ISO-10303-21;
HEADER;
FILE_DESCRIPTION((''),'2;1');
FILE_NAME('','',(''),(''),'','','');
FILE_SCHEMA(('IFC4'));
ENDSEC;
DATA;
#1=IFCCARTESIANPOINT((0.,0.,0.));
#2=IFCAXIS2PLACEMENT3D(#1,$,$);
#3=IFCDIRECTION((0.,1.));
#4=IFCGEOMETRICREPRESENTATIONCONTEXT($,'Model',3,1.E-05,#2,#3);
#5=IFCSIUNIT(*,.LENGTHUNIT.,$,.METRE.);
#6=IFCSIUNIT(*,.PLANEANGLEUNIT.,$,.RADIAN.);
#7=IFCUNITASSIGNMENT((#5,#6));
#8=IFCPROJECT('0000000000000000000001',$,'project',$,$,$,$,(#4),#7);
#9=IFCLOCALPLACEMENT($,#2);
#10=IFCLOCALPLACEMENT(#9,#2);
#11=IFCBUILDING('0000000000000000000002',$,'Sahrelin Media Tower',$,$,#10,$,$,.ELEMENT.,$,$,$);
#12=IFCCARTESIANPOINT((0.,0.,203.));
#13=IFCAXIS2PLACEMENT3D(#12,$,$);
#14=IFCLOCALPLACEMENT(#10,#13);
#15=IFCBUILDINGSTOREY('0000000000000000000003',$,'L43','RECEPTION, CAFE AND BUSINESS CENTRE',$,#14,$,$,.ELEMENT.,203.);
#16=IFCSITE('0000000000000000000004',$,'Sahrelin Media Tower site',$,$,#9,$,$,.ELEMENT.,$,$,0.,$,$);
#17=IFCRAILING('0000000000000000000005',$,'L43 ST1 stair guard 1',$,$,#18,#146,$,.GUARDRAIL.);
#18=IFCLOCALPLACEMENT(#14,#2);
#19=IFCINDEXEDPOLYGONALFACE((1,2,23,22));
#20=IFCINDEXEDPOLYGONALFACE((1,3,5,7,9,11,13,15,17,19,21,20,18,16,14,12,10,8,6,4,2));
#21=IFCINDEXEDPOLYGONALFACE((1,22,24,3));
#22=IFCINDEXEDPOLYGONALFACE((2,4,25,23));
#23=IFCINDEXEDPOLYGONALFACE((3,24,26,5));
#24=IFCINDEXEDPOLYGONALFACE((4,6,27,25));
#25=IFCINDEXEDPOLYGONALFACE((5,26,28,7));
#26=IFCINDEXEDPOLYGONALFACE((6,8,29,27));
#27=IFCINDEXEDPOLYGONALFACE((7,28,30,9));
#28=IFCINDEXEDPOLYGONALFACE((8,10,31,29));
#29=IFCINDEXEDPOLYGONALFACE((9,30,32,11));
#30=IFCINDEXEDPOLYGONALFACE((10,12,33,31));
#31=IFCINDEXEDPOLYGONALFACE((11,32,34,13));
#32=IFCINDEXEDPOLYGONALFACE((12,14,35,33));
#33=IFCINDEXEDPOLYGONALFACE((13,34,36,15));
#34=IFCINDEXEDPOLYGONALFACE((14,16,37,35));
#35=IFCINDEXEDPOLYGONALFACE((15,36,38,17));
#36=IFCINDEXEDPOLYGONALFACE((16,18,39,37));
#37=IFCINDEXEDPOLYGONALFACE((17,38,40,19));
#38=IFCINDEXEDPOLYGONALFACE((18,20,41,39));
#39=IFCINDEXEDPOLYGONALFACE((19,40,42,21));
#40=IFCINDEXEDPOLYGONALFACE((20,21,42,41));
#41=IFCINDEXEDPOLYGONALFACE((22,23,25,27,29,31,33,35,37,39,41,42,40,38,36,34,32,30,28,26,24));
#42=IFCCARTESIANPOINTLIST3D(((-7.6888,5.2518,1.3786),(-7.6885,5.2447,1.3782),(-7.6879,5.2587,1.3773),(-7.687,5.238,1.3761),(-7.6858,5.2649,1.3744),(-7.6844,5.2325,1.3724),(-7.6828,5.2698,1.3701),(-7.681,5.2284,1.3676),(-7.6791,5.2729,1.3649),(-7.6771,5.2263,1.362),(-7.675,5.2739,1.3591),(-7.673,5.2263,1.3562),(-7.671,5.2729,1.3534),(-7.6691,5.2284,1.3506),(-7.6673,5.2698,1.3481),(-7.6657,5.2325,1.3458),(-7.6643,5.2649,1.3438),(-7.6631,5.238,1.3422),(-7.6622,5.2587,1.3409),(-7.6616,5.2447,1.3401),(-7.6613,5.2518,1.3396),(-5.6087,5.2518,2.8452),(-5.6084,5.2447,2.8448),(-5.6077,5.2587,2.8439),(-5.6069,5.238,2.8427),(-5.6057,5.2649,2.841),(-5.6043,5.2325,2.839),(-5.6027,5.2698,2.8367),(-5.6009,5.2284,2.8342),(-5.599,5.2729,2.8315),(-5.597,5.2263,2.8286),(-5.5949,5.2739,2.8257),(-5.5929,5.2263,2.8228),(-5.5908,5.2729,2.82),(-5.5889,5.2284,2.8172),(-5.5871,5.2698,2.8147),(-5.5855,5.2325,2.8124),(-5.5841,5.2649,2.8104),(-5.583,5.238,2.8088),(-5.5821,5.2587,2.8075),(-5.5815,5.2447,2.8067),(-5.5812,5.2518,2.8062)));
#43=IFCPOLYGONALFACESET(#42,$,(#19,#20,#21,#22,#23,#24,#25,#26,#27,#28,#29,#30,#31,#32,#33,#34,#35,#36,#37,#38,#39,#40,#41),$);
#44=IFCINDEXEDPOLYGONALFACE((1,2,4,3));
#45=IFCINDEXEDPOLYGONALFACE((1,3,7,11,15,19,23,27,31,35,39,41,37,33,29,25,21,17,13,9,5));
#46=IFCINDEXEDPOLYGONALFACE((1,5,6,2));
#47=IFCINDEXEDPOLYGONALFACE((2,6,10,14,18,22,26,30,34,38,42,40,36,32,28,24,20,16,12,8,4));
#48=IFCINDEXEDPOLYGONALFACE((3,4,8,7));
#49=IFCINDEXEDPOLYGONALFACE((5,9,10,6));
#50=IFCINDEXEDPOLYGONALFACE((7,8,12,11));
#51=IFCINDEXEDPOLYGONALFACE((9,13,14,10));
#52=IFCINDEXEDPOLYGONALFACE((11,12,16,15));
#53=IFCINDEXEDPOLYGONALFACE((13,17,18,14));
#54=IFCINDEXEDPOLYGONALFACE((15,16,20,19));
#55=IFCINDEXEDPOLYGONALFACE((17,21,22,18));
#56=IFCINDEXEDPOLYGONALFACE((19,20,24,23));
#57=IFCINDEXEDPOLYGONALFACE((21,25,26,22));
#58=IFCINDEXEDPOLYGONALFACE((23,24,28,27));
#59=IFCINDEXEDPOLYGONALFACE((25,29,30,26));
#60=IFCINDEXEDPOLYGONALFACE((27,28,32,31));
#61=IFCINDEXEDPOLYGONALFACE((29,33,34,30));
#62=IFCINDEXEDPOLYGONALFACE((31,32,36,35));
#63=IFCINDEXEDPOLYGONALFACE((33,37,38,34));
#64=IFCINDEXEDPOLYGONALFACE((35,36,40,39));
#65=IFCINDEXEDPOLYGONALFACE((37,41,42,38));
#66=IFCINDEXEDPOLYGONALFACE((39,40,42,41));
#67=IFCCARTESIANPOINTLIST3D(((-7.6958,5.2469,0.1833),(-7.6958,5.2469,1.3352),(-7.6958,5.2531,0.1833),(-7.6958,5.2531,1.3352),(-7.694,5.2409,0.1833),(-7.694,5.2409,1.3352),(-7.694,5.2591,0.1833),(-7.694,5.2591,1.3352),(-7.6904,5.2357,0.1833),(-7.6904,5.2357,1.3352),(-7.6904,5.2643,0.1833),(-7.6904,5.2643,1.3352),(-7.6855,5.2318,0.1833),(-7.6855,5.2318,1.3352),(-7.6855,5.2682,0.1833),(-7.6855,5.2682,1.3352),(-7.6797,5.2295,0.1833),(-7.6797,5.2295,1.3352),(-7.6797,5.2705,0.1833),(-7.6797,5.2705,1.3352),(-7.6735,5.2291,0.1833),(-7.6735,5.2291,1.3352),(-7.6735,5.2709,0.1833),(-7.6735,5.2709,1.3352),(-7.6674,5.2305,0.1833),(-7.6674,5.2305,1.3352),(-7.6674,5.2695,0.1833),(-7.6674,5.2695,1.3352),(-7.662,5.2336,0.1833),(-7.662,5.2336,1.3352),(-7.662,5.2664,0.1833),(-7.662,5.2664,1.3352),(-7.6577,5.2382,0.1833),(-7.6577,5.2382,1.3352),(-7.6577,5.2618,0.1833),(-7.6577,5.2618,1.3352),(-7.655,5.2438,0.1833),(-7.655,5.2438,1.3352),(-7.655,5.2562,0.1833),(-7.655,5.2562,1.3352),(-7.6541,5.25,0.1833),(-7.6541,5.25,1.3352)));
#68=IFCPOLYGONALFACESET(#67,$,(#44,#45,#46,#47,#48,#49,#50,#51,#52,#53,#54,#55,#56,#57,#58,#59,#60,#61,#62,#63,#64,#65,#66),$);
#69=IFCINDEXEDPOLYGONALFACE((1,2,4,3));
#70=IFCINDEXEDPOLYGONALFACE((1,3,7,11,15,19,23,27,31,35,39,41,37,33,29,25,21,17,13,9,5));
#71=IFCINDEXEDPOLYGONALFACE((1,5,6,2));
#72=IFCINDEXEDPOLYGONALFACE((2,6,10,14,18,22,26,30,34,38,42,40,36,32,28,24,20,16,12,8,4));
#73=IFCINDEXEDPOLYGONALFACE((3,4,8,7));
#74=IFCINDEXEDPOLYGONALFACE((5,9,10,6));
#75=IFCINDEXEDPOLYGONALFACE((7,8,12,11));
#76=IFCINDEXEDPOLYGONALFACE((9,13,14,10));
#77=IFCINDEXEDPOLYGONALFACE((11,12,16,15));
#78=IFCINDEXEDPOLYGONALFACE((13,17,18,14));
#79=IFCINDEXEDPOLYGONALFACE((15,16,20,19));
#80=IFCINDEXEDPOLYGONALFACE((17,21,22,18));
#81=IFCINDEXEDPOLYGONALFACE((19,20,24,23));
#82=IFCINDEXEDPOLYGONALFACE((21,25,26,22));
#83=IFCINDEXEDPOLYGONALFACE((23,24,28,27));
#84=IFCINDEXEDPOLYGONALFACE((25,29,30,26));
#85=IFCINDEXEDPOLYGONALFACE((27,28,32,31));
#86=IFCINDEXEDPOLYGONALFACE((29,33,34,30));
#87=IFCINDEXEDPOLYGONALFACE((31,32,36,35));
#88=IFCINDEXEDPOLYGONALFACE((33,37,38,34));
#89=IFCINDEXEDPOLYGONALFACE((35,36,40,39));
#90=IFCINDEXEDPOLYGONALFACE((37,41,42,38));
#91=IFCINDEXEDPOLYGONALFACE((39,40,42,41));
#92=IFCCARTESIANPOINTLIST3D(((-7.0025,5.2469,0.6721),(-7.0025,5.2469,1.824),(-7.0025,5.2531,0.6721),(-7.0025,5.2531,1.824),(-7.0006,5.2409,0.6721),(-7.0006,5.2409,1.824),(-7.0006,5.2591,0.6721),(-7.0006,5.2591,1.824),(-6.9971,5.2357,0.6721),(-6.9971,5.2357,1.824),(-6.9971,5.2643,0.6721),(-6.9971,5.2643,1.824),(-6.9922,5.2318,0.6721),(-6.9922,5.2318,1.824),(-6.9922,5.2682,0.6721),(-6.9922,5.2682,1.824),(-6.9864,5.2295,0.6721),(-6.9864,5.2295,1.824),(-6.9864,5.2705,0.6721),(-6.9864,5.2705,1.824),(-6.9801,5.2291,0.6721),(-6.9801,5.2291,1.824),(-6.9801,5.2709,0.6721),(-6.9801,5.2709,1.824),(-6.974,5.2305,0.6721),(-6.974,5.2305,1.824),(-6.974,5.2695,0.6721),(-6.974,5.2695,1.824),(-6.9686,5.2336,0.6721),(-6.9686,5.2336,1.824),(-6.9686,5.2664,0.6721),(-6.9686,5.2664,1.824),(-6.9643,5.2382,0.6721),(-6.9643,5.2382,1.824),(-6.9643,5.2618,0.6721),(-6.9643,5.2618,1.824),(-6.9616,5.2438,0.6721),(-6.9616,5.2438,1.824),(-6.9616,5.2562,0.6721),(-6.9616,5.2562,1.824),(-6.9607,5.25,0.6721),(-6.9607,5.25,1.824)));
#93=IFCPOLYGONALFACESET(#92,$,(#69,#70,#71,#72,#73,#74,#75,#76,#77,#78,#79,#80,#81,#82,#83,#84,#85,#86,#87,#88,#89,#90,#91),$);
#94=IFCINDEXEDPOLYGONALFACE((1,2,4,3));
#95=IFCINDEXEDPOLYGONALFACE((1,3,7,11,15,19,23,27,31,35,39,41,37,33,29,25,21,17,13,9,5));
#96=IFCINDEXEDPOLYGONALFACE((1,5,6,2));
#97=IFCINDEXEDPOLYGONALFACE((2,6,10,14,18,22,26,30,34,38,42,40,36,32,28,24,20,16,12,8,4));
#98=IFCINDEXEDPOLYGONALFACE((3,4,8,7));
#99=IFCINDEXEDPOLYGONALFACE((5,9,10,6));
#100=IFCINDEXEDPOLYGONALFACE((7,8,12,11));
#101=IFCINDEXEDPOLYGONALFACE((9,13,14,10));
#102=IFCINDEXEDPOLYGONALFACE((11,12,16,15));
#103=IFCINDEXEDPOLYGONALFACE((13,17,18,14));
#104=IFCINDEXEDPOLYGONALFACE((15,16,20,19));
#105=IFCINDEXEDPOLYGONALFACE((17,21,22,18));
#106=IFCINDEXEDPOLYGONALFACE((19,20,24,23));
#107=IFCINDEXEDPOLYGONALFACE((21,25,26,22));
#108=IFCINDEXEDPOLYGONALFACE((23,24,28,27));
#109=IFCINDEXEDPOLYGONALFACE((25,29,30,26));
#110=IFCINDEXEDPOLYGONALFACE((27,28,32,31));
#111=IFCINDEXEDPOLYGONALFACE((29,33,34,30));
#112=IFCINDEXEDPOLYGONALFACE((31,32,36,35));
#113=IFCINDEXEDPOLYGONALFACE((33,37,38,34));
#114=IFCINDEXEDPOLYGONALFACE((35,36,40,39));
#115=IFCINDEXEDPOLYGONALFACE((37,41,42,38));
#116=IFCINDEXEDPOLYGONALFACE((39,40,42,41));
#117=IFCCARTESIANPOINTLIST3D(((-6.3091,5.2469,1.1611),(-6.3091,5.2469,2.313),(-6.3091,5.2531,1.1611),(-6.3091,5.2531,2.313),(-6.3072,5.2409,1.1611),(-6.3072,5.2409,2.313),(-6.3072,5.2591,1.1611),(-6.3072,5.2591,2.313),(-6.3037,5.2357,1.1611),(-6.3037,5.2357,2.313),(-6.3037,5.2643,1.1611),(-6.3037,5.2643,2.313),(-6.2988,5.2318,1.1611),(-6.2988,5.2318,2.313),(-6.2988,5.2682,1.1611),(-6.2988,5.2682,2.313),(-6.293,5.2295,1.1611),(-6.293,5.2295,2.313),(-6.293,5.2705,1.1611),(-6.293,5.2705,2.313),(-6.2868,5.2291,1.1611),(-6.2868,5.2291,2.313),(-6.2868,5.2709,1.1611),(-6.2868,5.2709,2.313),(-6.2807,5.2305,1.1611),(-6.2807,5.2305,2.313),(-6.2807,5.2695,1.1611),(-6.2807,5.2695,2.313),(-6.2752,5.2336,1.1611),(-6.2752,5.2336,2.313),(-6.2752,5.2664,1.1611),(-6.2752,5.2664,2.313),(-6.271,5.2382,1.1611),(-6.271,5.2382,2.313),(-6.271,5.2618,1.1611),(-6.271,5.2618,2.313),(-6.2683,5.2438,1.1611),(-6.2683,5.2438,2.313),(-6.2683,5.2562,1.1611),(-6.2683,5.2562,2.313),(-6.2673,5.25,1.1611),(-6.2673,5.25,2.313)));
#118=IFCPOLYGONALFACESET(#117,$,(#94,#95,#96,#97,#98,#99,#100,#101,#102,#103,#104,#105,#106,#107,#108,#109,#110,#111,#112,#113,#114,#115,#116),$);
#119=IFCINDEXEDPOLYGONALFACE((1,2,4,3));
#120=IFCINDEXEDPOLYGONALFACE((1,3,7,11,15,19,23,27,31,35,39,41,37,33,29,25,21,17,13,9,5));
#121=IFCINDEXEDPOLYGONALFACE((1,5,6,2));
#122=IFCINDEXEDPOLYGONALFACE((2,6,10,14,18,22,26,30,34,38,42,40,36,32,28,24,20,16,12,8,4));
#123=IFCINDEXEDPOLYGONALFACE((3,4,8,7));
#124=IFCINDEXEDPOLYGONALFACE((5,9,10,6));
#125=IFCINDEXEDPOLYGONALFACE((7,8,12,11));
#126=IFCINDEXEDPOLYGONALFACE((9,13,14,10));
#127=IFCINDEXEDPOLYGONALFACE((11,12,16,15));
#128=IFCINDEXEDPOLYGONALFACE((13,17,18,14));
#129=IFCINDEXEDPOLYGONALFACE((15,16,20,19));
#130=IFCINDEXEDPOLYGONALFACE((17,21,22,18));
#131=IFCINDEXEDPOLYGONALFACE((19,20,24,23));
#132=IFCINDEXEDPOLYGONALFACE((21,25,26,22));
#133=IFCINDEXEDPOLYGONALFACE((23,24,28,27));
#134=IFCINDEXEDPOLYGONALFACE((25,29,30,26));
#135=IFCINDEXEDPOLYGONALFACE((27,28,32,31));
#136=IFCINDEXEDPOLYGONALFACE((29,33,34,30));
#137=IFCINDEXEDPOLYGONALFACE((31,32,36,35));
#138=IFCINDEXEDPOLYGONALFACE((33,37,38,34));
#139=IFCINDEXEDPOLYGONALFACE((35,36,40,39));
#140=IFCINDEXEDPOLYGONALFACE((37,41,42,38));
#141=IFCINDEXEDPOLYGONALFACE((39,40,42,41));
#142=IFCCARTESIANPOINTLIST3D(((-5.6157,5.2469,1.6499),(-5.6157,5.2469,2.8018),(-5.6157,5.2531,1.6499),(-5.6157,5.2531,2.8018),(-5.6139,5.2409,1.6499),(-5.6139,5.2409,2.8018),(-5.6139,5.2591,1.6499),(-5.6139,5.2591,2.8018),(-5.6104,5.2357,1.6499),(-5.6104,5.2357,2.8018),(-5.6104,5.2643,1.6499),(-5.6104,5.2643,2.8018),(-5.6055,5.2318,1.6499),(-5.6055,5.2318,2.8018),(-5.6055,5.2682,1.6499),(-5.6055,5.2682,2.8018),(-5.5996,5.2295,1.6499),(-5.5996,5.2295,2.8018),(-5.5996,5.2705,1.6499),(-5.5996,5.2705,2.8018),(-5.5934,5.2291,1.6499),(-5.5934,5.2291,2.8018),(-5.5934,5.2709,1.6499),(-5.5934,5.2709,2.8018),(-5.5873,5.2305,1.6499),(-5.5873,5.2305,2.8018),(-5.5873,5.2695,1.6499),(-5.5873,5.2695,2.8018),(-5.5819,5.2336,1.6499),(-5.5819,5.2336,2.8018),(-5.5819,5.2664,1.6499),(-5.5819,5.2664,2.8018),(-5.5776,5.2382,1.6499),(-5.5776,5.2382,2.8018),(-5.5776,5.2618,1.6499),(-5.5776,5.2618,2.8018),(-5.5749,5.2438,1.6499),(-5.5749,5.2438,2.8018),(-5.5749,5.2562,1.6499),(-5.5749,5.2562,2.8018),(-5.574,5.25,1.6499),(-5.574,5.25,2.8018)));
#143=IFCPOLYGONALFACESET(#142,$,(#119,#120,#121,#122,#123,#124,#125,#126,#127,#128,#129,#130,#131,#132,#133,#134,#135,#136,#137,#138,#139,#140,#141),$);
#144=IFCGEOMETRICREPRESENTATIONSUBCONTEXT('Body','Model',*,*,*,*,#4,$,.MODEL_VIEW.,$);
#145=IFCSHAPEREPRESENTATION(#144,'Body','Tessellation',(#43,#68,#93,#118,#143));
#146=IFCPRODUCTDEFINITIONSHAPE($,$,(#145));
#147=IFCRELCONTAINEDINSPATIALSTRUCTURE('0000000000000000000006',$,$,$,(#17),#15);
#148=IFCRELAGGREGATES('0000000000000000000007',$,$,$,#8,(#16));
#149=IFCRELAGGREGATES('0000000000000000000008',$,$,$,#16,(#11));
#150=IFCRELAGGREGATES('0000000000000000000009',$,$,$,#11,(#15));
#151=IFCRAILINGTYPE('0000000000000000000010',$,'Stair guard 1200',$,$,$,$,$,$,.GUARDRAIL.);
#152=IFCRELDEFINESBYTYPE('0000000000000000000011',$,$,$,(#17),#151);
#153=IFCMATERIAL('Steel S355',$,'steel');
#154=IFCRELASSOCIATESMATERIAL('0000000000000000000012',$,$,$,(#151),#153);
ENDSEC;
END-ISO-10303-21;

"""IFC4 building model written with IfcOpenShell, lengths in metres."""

from ifc_helpers import new_model, si_unit, direction, frame, origin, origin_2d, place, context, subcontext, project, spatial, circle, extrude, material, type_object, element, save


model = new_model("IFC4")

# Units and contexts
model_context = context("Model", 3, precision=1e-05, world=origin(), true_north=direction((0.0, 1.0)))
body_context = subcontext(model_context, "Body", "Model", "MODEL_VIEW")
ifc_project = project(units=[si_unit("LENGTHUNIT", "METRE"), si_unit("PLANEANGLEUNIT", "RADIAN")], contexts=[model_context])

# Site, building, storey
site_placement = place(None, origin())
site = spatial("IfcSite", under=ifc_project, at=site_placement, Name="Sahrelin Media Tower site", CompositionType="ELEMENT", RefElevation=0.0)
building_placement = place(site_placement, origin())
building = spatial("IfcBuilding", under=site, at=building_placement, Name="Sahrelin Media Tower", CompositionType="ELEMENT")
storey_placement = place(building_placement, frame((0.0, 0.0, 203.0)))
storey = spatial("IfcBuildingStorey", under=building, at=storey_placement, Name="L43", Description="RECEPTION, CAFE AND BUSINESS CENTRE", CompositionType="ELEMENT", Elevation=203.0)

# Railing
ifc_material_1 = material(Name="Steel S355", Category="steel")
railing_type_1 = type_object("IfcRailingType", Name="Stair guard 1200", PredefinedType="GUARDRAIL", material=ifc_material_1)
railing_1_placement = place(storey_placement, frame((-7.675, 5.25, 0.1833)))
element("IfcRailing", 1, at=railing_1_placement, inside=storey, type_object=railing_type_1, Name="L43 ST1 stair guard 1", PredefinedType="GUARDRAIL", context=body_context, shape_type="SweptSolid", body=[
    extrude(circle(Radius=0.0239, at=origin_2d()), frame((0.0, 0.0, 1.1758), z_axis=(0.817289, 0.0, 0.576227), x_axis=(0.0, 1.0, 0.0)), (0.0, 0.0, 1.0), 2.5452),
    extrude(circle(Radius=0.021, at=origin_2d()), origin(), (0.0, 0.0, 1.0), 1.1519),
    extrude(circle(Radius=0.021, at=origin_2d()), frame((0.6934, 0.0, 0.4888)), (0.0, 0.0, 1.0), 1.1519),
    extrude(circle(Radius=0.021, at=origin_2d()), frame((1.3867, 0.0, 0.9778)), (0.0, 0.0, 1.0), 1.1519),
    extrude(circle(Radius=0.021, at=origin_2d()), frame((2.0801, 0.0, 1.4666)), (0.0, 0.0, 1.0), 1.1519),
])

save(model, "model.ifc")
